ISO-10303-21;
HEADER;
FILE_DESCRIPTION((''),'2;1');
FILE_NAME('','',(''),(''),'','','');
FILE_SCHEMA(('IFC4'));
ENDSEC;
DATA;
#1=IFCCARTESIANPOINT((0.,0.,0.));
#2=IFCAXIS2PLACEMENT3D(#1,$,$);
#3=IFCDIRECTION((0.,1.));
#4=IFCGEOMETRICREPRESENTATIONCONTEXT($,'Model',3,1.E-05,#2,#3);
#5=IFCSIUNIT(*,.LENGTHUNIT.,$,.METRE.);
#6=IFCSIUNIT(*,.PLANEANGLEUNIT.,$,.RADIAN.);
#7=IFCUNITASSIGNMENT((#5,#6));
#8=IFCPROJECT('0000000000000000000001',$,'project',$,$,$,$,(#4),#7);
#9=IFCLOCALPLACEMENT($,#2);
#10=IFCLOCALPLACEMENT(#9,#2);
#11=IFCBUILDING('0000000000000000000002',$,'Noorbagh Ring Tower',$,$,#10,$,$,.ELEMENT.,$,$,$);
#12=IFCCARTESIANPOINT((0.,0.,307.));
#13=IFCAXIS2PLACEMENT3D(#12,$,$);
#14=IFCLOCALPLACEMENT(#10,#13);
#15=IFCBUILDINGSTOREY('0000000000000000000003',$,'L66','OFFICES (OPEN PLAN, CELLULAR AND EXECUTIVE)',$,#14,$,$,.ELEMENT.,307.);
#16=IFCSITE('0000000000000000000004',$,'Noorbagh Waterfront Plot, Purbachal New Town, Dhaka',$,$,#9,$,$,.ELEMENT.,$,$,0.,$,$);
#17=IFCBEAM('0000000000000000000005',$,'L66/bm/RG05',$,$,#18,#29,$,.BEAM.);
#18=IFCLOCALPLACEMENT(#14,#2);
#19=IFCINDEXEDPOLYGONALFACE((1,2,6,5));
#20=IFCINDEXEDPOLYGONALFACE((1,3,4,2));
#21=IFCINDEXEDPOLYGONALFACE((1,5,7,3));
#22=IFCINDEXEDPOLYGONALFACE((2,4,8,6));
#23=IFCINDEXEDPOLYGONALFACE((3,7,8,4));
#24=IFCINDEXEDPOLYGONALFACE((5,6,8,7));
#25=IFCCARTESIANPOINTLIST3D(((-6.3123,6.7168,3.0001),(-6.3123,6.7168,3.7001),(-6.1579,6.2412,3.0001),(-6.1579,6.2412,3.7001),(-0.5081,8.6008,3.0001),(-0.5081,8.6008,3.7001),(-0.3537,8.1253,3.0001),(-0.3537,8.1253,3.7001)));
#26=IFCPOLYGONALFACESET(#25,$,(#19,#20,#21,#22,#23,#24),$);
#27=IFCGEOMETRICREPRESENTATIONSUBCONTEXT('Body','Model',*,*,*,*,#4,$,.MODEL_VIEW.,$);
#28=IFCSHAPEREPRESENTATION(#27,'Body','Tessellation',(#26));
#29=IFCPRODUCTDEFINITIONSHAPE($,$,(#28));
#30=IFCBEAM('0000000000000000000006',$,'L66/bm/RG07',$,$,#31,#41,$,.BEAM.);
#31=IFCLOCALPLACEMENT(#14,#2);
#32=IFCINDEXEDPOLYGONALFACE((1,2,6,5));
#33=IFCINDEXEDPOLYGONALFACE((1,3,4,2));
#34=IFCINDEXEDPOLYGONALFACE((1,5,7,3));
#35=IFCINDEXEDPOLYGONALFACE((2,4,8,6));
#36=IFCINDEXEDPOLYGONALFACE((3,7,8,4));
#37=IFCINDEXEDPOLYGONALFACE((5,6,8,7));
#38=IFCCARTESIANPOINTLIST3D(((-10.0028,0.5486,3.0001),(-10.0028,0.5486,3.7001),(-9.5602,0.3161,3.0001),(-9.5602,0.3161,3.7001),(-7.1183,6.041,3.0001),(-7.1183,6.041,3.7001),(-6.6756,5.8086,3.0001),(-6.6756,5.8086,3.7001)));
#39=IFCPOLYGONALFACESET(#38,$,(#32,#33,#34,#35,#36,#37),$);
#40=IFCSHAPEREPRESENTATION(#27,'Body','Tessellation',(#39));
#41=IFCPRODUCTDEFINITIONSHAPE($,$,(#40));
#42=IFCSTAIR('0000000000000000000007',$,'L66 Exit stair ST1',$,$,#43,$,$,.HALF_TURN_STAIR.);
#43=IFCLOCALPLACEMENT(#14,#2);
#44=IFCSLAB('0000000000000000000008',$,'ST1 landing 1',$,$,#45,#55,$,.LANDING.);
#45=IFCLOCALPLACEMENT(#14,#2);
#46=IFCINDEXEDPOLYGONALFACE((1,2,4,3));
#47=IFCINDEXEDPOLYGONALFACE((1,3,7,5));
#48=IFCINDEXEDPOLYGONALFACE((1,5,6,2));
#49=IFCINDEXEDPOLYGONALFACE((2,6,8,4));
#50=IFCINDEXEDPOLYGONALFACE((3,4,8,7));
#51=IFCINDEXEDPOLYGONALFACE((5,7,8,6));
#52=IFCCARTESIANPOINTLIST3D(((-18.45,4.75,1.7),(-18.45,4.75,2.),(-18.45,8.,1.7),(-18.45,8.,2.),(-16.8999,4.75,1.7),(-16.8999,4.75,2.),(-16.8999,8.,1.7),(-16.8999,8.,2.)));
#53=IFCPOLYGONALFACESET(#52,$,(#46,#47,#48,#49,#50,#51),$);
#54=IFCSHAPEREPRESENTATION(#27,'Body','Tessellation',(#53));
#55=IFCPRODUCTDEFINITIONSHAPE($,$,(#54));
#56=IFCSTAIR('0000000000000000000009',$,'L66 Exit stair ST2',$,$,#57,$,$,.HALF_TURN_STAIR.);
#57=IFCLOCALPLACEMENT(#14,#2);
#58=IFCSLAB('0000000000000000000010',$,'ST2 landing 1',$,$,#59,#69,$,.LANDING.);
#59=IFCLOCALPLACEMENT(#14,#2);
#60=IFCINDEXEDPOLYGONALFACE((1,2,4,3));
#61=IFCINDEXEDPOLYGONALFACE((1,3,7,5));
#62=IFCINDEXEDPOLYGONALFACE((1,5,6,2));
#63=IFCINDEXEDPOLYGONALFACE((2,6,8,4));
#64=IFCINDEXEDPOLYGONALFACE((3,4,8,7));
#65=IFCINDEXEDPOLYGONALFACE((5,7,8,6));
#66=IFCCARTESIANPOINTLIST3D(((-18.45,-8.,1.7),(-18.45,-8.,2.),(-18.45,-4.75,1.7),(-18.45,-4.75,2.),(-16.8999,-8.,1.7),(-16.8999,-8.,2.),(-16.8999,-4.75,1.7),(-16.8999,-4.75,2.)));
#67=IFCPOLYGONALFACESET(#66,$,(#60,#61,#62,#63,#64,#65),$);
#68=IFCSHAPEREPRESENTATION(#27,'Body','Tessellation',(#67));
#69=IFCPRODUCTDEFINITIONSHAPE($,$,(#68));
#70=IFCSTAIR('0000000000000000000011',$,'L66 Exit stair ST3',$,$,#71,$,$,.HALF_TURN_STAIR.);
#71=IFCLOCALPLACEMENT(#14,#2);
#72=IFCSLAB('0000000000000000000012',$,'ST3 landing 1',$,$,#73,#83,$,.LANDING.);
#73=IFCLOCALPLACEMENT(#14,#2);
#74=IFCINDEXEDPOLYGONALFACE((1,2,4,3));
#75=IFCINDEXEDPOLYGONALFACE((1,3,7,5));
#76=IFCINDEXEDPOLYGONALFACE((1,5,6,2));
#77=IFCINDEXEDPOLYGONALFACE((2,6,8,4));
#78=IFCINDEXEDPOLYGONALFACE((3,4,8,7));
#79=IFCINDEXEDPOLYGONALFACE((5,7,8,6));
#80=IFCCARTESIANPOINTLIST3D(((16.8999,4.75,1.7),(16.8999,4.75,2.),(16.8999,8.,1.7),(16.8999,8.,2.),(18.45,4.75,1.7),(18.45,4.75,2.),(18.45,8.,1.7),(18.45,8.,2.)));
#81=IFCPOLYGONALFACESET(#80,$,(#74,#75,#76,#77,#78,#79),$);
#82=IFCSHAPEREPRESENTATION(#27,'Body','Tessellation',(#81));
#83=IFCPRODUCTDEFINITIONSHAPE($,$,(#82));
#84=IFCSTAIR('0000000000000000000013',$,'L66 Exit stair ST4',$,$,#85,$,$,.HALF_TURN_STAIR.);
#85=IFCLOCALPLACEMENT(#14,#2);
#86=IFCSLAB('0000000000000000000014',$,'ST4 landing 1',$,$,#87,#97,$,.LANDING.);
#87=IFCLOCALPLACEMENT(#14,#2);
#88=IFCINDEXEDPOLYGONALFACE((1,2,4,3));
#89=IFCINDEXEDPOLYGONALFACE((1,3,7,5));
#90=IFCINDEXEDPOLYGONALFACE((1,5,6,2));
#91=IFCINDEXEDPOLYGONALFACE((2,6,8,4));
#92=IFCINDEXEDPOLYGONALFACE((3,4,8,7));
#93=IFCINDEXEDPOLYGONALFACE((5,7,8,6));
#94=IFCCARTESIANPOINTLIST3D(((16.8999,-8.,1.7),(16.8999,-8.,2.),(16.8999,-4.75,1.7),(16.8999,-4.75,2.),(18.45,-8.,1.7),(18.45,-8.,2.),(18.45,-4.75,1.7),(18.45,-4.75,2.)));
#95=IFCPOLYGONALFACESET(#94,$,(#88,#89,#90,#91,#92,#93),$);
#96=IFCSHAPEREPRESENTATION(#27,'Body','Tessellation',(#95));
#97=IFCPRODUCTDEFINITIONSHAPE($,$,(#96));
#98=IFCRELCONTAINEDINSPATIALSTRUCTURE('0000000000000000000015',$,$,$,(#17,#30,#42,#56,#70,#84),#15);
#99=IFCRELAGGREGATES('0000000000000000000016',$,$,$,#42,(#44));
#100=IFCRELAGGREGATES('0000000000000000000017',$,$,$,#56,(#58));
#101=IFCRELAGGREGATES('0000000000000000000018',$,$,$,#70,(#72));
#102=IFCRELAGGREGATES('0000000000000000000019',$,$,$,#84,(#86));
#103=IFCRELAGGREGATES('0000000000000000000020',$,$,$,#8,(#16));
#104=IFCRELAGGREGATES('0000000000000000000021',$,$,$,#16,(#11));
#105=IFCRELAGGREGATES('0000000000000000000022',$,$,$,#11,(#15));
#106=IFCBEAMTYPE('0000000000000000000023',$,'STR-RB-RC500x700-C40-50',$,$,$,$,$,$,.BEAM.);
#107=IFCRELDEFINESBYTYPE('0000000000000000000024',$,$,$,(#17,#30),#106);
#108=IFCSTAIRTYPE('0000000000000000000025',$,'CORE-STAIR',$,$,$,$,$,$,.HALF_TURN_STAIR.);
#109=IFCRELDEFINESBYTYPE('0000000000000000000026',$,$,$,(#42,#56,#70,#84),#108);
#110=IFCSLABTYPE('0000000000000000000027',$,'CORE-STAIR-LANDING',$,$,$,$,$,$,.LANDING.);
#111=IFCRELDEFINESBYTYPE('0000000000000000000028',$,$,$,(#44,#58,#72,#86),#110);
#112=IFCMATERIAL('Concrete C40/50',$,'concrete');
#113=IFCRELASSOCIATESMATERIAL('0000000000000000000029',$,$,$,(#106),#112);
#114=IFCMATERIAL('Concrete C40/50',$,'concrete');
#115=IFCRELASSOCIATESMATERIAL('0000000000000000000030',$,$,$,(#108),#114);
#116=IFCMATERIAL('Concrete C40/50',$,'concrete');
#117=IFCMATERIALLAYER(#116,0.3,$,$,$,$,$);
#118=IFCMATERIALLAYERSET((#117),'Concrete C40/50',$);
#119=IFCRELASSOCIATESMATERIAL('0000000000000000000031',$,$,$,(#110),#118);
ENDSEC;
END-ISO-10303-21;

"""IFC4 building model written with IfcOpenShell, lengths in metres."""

from ifc_helpers import new_model, si_unit, direction, frame, origin, origin_2d, place, context, subcontext, project, spatial, polyline, rectangle, outline, extrude, material, layer, layer_set, material_profile, profile_set, type_object, element, aggregate, save


model = new_model("IFC4")

# Units and contexts
model_context = context("Model", 3, precision=1e-05, world=origin(), true_north=direction((0.0, 1.0)))
body_context = subcontext(model_context, "Body", "Model", "MODEL_VIEW")
ifc_project = project(units=[si_unit("LENGTHUNIT", "METRE"), si_unit("PLANEANGLEUNIT", "RADIAN")], contexts=[model_context])

# Site, building, storey
site_placement = place(None, origin())
site = spatial("IfcSite", under=ifc_project, at=site_placement, Name="Noorbagh Waterfront Plot, Purbachal New Town, Dhaka", CompositionType="ELEMENT", RefElevation=0.0)
building_placement = place(site_placement, origin())
building = spatial("IfcBuilding", under=site, at=building_placement, Name="Noorbagh Ring Tower", CompositionType="ELEMENT")
storey_placement = place(building_placement, frame((0.0, 0.0, 307.0)))
storey = spatial("IfcBuildingStorey", under=building, at=storey_placement, Name="L66", Description="OFFICES (OPEN PLAN, CELLULAR AND EXECUTIVE)", CompositionType="ELEMENT", Elevation=307.0)

# Beams
ifc_material_1 = material(Name="Concrete C40/50", Category="concrete")
ifc_material_profile_1 = material_profile(ifc_material_1, rectangle(XDim=0.5, YDim=0.7, at=origin_2d()), Name="RC500x700")
ifc_profile_set_1 = profile_set([ifc_material_profile_1], Name="Concrete C40/50")
beam_type = type_object("IfcBeamType", Name="STR-RB-RC500x700-C40-50", PredefinedType="BEAM", material=ifc_profile_set_1)
beam_1_placement = place(storey_placement, frame((-0.4309, 8.363, 3.3501), z_axis=(-0.951146, -0.30874, 0.0), x_axis=(0.30874, -0.951146, 0.0)))
element("IfcBeam", 1, at=beam_1_placement, inside=storey, type_object=beam_type, Name="L66/bm/RG05", PredefinedType="BEAM", context=body_context, shape_type="SweptSolid", body=[
    extrude(rectangle(XDim=0.5, YDim=0.7, at=origin_2d()), origin(), (0.0, 0.0, 1.0), 6.1023),
])
beam_2_placement = place(storey_placement, frame((-6.897, 5.9248, 3.3501), z_axis=(-0.46496, -0.885332, 0.0), x_axis=(0.885332, -0.46496, 0.0)))
element("IfcBeam", 2, at=beam_2_placement, inside=storey, type_object=beam_type, Name="L66/bm/RG07", PredefinedType="BEAM", context=body_context, shape_type="SweptSolid", body=[
    extrude(rectangle(XDim=0.5, YDim=0.7, at=origin_2d()), origin(), (0.0, 0.0, 1.0), 6.2039),
])

# Stairs, slabs
ifc_material_2 = material(Name="Concrete C40/50", Category="concrete")
stair_type = type_object("IfcStairType", Name="CORE-STAIR", PredefinedType="HALF_TURN_STAIR", material=ifc_material_2)
stair_1_placement = place(storey_placement, origin())
stair_1 = element("IfcStair", 3, at=stair_1_placement, inside=storey, type_object=stair_type, Name="L66 Exit stair ST1", PredefinedType="HALF_TURN_STAIR")
ifc_material_3 = material(Name="Concrete C40/50", Category="concrete")
ifc_layer_1 = layer(ifc_material_3, 0.3)
ifc_layer_set_1 = layer_set([ifc_layer_1], Name="Concrete C40/50")
slab_type_1 = type_object("IfcSlabType", Name="CORE-STAIR-LANDING", PredefinedType="LANDING", material=ifc_layer_set_1)
slab_1_placement = place(storey_placement, frame((0.0, 0.0, 1.7)))
slab_1 = element("IfcSlab", 4, at=slab_1_placement, type_object=slab_type_1, Name="ST1 landing 1", PredefinedType="LANDING", context=body_context, shape_type="SweptSolid", body=[
    extrude(outline(polyline([(-18.45, 4.75), (-16.8999, 4.75), (-16.8999, 8.0), (-18.45, 8.0), (-18.45, 4.75)])), origin(), (0.0, 0.0, 1.0), 0.3),
])
aggregate(stair_1, [slab_1])
stair_2_placement = place(storey_placement, origin())
stair_2 = element("IfcStair", 5, at=stair_2_placement, inside=storey, type_object=stair_type, Name="L66 Exit stair ST2", PredefinedType="HALF_TURN_STAIR")
slab_2_placement = place(storey_placement, frame((0.0, 0.0, 1.7)))
slab_2 = element("IfcSlab", 6, at=slab_2_placement, type_object=slab_type_1, Name="ST2 landing 1", PredefinedType="LANDING", context=body_context, shape_type="SweptSolid", body=[
    extrude(outline(polyline([(-18.45, -8.0), (-16.8999, -8.0), (-16.8999, -4.75), (-18.45, -4.75), (-18.45, -8.0)])), origin(), (0.0, 0.0, 1.0), 0.3),
])
aggregate(stair_2, [slab_2])
stair_3_placement = place(storey_placement, origin())
stair_3 = element("IfcStair", 7, at=stair_3_placement, inside=storey, type_object=stair_type, Name="L66 Exit stair ST3", PredefinedType="HALF_TURN_STAIR")
slab_3_placement = place(storey_placement, frame((0.0, 0.0, 1.7)))
slab_3 = element("IfcSlab", 8, at=slab_3_placement, type_object=slab_type_1, Name="ST3 landing 1", PredefinedType="LANDING", context=body_context, shape_type="SweptSolid", body=[
    extrude(outline(polyline([(18.45, 8.0), (16.8999, 8.0), (16.8999, 4.75), (18.45, 4.75), (18.45, 8.0)])), origin(), (0.0, 0.0, 1.0), 0.3),
])
aggregate(stair_3, [slab_3])
stair_4_placement = place(storey_placement, origin())
stair_4 = element("IfcStair", 9, at=stair_4_placement, inside=storey, type_object=stair_type, Name="L66 Exit stair ST4", PredefinedType="HALF_TURN_STAIR")
slab_4_placement = place(storey_placement, frame((0.0, 0.0, 1.7)))
slab_4 = element("IfcSlab", 10, at=slab_4_placement, type_object=slab_type_1, Name="ST4 landing 1", PredefinedType="LANDING", context=body_context, shape_type="SweptSolid", body=[
    extrude(outline(polyline([(18.45, -4.75), (16.8999, -4.75), (16.8999, -8.0), (18.45, -8.0), (18.45, -4.75)])), origin(), (0.0, 0.0, 1.0), 0.3),
])
aggregate(stair_4, [slab_4])

save(model, "model.ifc")
